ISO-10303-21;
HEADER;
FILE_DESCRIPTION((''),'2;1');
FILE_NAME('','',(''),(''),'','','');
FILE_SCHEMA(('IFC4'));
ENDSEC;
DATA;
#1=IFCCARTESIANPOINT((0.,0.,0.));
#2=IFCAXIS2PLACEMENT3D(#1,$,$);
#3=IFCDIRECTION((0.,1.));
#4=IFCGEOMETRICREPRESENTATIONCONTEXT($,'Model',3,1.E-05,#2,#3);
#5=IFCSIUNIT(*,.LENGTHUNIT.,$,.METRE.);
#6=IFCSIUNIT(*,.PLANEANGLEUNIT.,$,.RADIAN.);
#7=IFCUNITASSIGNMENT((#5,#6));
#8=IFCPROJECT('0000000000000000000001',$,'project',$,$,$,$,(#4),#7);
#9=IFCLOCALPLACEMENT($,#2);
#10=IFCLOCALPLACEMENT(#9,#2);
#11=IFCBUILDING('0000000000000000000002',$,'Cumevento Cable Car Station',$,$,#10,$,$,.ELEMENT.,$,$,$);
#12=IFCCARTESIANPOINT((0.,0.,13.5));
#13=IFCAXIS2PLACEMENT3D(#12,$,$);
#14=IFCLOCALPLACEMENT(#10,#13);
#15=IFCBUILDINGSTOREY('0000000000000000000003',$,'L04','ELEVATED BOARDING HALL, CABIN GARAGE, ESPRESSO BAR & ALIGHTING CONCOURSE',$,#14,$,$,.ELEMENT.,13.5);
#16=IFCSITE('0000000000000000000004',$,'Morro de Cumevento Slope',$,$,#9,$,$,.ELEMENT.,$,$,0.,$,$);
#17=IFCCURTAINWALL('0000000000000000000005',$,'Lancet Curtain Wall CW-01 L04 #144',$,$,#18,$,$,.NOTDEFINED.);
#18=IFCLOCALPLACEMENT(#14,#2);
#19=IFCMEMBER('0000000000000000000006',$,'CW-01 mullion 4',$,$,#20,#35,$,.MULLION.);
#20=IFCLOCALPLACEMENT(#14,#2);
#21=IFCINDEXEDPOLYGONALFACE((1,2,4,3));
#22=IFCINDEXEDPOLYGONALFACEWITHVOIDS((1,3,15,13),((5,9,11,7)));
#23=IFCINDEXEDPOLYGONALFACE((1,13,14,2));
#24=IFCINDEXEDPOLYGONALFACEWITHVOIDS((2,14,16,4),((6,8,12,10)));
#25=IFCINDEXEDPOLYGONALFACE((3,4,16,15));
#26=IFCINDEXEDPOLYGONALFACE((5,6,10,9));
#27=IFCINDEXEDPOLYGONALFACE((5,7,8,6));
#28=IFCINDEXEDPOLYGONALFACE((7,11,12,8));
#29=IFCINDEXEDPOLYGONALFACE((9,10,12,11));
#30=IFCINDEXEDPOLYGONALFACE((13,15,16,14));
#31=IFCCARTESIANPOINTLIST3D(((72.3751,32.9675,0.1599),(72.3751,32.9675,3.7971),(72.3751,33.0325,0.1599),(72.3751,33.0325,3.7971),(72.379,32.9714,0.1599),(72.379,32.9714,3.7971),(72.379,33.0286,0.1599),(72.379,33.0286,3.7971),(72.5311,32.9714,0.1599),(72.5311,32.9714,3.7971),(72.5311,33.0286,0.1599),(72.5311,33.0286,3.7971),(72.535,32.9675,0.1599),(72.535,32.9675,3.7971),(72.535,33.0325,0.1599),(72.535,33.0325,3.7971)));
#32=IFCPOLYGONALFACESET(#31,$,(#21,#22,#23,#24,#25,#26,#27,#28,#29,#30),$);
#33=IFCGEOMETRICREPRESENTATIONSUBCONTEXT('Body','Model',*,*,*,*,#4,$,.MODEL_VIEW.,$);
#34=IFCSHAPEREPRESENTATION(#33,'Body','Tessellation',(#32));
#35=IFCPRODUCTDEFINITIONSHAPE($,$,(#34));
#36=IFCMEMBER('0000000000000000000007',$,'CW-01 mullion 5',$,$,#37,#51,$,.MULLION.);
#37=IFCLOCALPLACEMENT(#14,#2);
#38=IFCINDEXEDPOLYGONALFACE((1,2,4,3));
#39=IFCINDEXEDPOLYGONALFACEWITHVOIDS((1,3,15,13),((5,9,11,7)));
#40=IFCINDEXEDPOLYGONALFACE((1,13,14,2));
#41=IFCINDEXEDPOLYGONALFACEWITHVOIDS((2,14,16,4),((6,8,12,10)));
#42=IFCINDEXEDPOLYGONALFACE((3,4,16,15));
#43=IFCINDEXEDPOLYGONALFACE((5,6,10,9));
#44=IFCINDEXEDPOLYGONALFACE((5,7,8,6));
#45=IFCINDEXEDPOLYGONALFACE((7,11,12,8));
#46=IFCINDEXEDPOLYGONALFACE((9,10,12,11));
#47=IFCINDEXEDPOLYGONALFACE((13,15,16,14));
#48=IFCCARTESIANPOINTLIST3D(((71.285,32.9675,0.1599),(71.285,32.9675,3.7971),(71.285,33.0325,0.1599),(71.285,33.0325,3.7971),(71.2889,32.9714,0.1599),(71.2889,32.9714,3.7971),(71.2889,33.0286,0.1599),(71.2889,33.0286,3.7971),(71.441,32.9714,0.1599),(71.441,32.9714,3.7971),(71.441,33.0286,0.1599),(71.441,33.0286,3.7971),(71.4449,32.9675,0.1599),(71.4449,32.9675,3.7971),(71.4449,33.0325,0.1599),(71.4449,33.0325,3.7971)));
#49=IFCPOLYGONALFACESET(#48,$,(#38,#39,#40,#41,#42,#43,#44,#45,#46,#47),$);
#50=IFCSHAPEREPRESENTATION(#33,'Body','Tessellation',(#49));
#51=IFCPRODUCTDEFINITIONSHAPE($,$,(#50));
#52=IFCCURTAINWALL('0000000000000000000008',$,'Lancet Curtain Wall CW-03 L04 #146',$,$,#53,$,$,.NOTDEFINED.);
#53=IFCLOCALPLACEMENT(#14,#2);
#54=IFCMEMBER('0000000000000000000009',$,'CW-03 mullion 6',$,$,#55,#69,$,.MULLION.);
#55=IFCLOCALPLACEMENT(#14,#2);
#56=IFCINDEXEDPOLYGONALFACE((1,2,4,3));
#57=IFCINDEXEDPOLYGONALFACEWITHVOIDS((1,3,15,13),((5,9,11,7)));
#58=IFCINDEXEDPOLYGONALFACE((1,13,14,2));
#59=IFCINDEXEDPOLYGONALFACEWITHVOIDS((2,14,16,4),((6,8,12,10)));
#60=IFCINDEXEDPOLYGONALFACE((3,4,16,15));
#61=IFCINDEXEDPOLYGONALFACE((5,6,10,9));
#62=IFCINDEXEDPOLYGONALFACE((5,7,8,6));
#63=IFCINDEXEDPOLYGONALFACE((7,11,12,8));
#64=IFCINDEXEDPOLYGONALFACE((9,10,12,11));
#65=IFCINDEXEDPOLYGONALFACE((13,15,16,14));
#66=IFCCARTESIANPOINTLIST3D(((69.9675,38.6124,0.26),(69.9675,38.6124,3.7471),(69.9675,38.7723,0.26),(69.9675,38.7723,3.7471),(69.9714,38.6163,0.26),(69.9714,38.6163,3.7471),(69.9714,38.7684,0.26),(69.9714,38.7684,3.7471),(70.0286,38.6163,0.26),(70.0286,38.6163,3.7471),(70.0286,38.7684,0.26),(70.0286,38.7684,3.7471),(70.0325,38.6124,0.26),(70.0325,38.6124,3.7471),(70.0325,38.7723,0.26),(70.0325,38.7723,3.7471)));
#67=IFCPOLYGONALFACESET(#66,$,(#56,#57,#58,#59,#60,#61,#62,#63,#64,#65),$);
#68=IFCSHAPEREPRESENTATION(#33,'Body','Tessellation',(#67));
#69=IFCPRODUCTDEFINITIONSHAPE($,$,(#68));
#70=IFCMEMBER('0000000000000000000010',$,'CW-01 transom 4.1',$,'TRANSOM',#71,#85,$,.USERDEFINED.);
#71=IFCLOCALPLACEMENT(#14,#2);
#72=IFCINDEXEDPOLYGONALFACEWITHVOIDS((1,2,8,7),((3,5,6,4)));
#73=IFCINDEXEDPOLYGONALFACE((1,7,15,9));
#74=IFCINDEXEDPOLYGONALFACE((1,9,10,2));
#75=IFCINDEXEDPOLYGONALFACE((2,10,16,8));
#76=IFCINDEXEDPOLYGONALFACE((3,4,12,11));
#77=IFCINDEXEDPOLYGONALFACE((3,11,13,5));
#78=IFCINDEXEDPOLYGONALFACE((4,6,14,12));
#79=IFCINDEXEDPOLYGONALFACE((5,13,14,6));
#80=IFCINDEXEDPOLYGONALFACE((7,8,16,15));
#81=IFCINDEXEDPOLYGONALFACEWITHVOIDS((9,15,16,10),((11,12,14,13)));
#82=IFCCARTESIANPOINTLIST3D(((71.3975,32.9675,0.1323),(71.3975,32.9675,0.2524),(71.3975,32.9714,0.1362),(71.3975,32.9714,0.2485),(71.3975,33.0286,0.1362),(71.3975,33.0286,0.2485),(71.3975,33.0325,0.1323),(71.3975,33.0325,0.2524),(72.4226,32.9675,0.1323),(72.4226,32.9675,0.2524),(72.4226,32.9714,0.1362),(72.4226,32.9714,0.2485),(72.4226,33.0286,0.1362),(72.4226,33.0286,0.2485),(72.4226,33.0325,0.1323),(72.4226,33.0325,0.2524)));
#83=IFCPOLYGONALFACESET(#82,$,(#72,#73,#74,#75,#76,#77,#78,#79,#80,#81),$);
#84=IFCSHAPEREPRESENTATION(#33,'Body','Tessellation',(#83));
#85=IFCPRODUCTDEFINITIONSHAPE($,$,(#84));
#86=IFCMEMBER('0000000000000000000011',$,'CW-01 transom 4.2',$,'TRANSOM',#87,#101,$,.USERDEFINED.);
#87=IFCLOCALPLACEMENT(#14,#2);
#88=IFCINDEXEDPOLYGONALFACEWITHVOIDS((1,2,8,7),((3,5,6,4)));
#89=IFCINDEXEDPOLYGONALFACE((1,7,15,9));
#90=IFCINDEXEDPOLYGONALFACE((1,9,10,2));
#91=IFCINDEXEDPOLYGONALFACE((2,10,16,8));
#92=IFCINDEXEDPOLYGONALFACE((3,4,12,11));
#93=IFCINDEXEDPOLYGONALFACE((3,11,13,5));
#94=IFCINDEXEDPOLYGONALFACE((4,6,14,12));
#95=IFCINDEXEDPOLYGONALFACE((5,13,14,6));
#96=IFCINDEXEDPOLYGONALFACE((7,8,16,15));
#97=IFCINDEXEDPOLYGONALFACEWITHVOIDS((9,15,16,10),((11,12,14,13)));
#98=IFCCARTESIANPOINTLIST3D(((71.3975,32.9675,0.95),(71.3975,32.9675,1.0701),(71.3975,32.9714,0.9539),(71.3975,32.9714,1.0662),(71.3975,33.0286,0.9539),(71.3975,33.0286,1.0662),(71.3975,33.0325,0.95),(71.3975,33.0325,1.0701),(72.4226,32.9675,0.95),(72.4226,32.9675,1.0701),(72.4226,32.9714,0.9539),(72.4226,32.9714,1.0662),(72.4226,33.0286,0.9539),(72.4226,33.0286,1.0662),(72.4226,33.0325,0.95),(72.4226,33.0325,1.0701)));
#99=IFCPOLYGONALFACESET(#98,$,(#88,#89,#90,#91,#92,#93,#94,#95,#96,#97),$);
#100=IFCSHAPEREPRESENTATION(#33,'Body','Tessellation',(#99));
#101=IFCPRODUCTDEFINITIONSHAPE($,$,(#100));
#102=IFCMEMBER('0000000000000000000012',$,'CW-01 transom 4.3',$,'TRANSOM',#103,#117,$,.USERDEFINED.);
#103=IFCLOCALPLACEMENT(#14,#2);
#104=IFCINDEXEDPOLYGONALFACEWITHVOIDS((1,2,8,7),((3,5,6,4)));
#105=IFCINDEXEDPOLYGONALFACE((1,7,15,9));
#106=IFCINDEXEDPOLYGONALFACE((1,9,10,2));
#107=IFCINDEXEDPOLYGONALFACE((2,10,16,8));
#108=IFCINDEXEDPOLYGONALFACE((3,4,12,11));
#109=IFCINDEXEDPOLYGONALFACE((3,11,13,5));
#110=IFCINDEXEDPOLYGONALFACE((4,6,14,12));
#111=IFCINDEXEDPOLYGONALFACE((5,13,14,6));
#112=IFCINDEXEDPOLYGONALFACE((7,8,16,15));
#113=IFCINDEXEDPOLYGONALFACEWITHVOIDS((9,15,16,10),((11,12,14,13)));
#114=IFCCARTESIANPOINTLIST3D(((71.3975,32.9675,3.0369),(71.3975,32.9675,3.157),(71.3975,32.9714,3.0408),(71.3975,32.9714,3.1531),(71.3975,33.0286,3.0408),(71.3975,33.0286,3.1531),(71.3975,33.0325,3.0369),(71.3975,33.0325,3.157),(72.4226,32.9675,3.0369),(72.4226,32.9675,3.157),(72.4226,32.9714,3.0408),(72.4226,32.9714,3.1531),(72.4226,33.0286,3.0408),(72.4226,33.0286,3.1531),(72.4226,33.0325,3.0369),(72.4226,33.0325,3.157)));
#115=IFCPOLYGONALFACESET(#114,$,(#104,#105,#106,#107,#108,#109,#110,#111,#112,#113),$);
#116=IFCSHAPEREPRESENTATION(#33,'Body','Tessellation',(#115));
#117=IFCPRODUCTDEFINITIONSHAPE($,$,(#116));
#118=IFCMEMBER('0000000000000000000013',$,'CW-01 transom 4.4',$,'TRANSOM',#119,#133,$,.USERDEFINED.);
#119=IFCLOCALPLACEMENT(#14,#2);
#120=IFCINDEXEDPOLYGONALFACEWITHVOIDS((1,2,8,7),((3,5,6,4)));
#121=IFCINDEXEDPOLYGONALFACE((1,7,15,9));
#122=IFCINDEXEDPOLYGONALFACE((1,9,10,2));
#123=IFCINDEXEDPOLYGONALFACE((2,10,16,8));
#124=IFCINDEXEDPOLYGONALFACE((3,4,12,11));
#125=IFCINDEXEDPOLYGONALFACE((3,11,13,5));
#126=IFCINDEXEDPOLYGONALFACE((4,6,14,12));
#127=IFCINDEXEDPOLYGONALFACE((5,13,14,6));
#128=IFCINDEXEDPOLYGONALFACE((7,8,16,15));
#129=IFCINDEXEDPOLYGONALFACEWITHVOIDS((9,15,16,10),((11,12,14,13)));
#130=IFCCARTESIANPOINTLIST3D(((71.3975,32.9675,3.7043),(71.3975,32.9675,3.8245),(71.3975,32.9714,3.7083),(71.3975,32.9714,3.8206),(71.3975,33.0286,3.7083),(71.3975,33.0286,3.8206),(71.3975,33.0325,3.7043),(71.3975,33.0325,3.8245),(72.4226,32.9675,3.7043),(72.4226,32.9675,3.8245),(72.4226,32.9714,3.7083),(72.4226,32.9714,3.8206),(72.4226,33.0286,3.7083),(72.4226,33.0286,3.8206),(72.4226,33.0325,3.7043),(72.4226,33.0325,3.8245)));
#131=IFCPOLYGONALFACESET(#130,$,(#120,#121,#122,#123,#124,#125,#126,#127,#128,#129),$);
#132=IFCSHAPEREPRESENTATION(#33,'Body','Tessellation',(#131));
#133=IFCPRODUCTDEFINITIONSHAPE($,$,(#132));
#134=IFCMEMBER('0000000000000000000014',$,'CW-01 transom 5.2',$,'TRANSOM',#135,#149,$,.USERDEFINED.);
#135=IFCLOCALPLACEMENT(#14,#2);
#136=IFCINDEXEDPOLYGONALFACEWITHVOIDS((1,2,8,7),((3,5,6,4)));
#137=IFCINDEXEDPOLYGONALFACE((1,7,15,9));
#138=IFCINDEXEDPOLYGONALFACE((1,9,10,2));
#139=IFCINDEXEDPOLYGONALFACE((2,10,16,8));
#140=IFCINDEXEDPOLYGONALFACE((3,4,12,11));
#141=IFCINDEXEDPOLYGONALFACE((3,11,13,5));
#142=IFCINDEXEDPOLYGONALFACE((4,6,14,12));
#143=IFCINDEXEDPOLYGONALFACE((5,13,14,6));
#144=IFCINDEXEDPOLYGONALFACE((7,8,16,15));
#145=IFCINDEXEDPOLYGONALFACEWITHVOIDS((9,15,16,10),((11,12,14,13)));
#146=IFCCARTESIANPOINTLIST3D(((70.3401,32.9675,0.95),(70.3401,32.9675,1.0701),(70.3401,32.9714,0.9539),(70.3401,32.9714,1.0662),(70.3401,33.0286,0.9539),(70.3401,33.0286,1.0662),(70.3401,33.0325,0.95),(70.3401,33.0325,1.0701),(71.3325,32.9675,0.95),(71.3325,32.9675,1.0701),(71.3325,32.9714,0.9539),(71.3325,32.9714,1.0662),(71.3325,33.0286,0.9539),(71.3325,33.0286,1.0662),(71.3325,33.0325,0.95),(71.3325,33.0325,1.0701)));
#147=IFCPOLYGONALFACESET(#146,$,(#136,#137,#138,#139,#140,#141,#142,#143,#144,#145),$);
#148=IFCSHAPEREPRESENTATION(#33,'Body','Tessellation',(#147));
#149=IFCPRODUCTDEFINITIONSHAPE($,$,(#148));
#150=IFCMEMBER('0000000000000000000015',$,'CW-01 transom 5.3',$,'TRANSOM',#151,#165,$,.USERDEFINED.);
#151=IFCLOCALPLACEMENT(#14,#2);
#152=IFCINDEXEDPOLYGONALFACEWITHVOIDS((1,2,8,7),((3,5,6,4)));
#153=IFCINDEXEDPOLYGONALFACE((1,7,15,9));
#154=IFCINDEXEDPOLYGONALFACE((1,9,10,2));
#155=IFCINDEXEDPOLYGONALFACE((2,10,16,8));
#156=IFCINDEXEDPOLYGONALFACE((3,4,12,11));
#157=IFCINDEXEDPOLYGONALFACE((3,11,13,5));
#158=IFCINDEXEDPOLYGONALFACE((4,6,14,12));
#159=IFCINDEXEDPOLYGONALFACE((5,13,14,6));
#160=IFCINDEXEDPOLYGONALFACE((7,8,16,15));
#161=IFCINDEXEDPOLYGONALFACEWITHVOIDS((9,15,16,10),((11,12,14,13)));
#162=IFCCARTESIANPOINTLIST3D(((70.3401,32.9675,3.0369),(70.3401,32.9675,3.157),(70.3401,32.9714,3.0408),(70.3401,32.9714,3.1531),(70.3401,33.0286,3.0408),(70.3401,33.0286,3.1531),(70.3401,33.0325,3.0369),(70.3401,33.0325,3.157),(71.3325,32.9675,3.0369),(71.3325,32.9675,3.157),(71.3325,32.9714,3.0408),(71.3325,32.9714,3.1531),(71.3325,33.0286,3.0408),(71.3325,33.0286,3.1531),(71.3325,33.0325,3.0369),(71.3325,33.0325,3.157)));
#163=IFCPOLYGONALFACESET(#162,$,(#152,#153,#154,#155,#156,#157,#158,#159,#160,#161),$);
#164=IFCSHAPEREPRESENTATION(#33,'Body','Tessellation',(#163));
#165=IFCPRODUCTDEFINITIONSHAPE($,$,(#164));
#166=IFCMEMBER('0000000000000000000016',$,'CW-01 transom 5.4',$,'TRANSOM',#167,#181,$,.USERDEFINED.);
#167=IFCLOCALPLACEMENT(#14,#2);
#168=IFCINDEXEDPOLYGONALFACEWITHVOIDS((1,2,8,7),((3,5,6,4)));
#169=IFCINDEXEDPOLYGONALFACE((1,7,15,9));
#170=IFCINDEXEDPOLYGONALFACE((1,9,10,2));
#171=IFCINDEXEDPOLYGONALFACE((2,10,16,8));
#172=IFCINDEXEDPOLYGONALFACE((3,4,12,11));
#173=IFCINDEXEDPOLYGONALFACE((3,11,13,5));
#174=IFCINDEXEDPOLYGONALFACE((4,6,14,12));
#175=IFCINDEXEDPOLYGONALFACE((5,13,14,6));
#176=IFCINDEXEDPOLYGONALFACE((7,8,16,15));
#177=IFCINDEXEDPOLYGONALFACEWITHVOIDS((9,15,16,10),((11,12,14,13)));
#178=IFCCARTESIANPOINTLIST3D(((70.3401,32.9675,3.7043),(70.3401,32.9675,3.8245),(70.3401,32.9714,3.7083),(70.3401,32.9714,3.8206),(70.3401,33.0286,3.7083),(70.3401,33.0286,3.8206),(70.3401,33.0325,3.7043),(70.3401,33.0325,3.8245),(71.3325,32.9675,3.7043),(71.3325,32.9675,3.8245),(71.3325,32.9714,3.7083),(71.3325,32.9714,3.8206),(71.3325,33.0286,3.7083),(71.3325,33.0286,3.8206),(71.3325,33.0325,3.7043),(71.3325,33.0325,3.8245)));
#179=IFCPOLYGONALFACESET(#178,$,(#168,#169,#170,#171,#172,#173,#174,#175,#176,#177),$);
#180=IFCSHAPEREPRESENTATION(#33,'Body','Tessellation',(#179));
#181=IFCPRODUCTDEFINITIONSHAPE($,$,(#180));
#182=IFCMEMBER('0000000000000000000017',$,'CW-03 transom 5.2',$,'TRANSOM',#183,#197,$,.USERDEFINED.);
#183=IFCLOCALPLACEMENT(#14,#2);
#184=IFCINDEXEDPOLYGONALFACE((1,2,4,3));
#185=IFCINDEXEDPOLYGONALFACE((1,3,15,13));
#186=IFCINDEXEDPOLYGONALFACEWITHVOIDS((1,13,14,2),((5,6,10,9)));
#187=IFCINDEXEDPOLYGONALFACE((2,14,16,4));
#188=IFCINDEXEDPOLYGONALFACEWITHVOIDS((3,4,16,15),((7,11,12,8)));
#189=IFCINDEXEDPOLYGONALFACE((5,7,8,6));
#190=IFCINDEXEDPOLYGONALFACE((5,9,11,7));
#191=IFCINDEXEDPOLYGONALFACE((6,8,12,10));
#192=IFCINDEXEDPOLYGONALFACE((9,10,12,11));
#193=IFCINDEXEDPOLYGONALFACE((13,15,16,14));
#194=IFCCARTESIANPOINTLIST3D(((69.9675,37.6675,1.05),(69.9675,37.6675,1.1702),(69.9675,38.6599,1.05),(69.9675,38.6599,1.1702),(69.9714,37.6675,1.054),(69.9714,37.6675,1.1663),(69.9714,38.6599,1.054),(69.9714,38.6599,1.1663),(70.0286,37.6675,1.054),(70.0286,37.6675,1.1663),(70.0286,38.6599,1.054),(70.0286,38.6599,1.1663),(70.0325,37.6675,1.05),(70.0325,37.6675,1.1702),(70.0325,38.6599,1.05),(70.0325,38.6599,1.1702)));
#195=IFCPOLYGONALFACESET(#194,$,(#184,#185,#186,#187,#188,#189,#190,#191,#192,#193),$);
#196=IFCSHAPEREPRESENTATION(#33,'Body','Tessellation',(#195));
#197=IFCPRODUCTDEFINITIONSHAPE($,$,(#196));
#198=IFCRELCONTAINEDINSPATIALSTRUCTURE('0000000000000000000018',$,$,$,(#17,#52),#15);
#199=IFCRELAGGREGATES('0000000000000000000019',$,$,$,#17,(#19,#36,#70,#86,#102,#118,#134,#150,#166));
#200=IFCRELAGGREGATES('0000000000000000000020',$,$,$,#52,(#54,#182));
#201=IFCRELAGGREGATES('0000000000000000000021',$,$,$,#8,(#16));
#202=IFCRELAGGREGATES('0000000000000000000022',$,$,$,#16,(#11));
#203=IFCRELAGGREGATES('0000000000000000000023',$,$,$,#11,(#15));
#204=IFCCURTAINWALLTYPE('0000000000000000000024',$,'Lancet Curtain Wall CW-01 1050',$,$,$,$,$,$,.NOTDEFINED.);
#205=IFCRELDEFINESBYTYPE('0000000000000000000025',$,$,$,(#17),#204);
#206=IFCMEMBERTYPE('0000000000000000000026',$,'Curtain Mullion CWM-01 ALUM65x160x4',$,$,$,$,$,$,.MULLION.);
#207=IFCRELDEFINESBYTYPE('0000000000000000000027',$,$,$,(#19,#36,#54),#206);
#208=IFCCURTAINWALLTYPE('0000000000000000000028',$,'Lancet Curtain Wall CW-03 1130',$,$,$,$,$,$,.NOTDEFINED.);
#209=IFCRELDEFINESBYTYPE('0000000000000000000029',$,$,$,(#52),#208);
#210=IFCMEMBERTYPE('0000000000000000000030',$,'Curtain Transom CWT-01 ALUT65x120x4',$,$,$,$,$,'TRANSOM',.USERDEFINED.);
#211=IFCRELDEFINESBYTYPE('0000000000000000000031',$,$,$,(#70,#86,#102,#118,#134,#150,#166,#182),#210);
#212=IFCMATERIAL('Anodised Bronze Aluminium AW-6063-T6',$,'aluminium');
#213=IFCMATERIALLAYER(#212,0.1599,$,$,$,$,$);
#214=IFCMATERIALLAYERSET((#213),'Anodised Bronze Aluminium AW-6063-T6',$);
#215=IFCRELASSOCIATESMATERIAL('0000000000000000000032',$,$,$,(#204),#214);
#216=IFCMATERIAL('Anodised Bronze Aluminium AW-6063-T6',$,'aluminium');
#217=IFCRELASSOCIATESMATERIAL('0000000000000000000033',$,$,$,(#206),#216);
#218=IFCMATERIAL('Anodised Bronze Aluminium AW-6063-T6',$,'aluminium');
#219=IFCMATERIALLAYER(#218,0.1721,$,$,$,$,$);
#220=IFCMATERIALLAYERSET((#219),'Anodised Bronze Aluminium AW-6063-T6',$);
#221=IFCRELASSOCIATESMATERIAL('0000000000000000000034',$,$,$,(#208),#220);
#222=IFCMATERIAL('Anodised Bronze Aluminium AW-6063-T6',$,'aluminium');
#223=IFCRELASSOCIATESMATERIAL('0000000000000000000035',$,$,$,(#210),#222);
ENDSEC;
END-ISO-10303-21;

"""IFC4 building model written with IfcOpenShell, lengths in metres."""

from ifc_helpers import new_model, si_unit, direction, frame, origin, origin_2d, place, context, subcontext, project, spatial, hollow_rectangle, extrude, material, layer, layer_set, material_profile, profile_set, type_object, element, aggregate, save


model = new_model("IFC4")

# Units and contexts
model_context = context("Model", 3, precision=1e-05, world=origin(), true_north=direction((0.0, 1.0)))
body_context = subcontext(model_context, "Body", "Model", "MODEL_VIEW")
ifc_project = project(units=[si_unit("LENGTHUNIT", "METRE"), si_unit("PLANEANGLEUNIT", "RADIAN")], contexts=[model_context])

# Site, building, storey
site_placement = place(None, origin())
site = spatial("IfcSite", under=ifc_project, at=site_placement, Name="Morro de Cumevento Slope", CompositionType="ELEMENT", RefElevation=0.0)
building_placement = place(site_placement, origin())
building = spatial("IfcBuilding", under=site, at=building_placement, Name="Cumevento Cable Car Station", CompositionType="ELEMENT")
storey_placement = place(building_placement, frame((0.0, 0.0, 13.5)))
storey = spatial("IfcBuildingStorey", under=building, at=storey_placement, Name="L04", Description="ELEVATED BOARDING HALL, CABIN GARAGE, ESPRESSO BAR & ALIGHTING CONCOURSE", CompositionType="ELEMENT", Elevation=13.5)

# Curtain wall, members
ifc_material_1 = material(Name="Anodised Bronze Aluminium AW-6063-T6", Category="aluminium")
ifc_layer_1 = layer(ifc_material_1, 0.1599)
ifc_layer_set_1 = layer_set([ifc_layer_1], Name="Anodised Bronze Aluminium AW-6063-T6")
curtain_wall_type_1 = type_object("IfcCurtainWallType", Name="Lancet Curtain Wall CW-01 1050", PredefinedType="NOTDEFINED", material=ifc_layer_set_1)
curtain_wall_1_placement = place(storey_placement, origin())
curtain_wall_1 = element("IfcCurtainWall", 1, at=curtain_wall_1_placement, inside=storey, type_object=curtain_wall_type_1, Name="Lancet Curtain Wall CW-01 L04 #144", PredefinedType="NOTDEFINED")
ifc_material_2 = material(Name="Anodised Bronze Aluminium AW-6063-T6", Category="aluminium")
ifc_material_profile_1 = material_profile(ifc_material_2, hollow_rectangle(XDim=0.0649, YDim=0.1599, WallThickness=0.0039, at=origin_2d()), Name="ALUM65x160x4")
ifc_profile_set_1 = profile_set([ifc_material_profile_1], Name="Anodised Bronze Aluminium AW-6063-T6")
member_type_1 = type_object("IfcMemberType", Name="Curtain Mullion CWM-01 ALUM65x160x4", PredefinedType="MULLION", material=ifc_profile_set_1)
member_1_placement = place(storey_placement, frame((72.4551, 33.0, 0.1599), z_axis=(0.0, 0.0, 1.0), x_axis=(0.0, -1.0, 0.0)))
member_1 = element("IfcMember", 2, at=member_1_placement, type_object=member_type_1, Name="CW-01 mullion 4", PredefinedType="MULLION", context=body_context, shape_type="SweptSolid", body=[
    extrude(hollow_rectangle(XDim=0.0649, YDim=0.1599, WallThickness=0.0039, at=origin_2d()), origin(), (0.0, 0.0, 1.0), 3.6372),
])
member_2_placement = place(storey_placement, frame((71.365, 33.0, 0.1599), z_axis=(0.0, 0.0, 1.0), x_axis=(0.0, -1.0, 0.0)))
member_2 = element("IfcMember", 3, at=member_2_placement, type_object=member_type_1, Name="CW-01 mullion 5", PredefinedType="MULLION", context=body_context, shape_type="SweptSolid", body=[
    extrude(hollow_rectangle(XDim=0.0649, YDim=0.1599, WallThickness=0.0039, at=origin_2d()), origin(), (0.0, 0.0, 1.0), 3.6372),
])

# Curtain wall, member
ifc_material_3 = material(Name="Anodised Bronze Aluminium AW-6063-T6", Category="aluminium")
ifc_layer_2 = layer(ifc_material_3, 0.1721)
ifc_layer_set_2 = layer_set([ifc_layer_2], Name="Anodised Bronze Aluminium AW-6063-T6")
curtain_wall_type_2 = type_object("IfcCurtainWallType", Name="Lancet Curtain Wall CW-03 1130", PredefinedType="NOTDEFINED", material=ifc_layer_set_2)
curtain_wall_2_placement = place(storey_placement, origin())
curtain_wall_2 = element("IfcCurtainWall", 4, at=curtain_wall_2_placement, inside=storey, type_object=curtain_wall_type_2, Name="Lancet Curtain Wall CW-03 L04 #146", PredefinedType="NOTDEFINED")
member_3_placement = place(storey_placement, frame((70.0, 38.6924, 0.26), z_axis=(0.0, 0.0, 1.0), x_axis=(-1.0, 0.0, 0.0)))
member_3 = element("IfcMember", 5, at=member_3_placement, type_object=member_type_1, Name="CW-03 mullion 6", PredefinedType="MULLION", context=body_context, shape_type="SweptSolid", body=[
    extrude(hollow_rectangle(XDim=0.0649, YDim=0.1599, WallThickness=0.0039, at=origin_2d()), origin(), (0.0, 0.0, 1.0), 3.4871),
])

# Members
ifc_material_4 = material(Name="Anodised Bronze Aluminium AW-6063-T6", Category="aluminium")
ifc_material_profile_2 = material_profile(ifc_material_4, hollow_rectangle(XDim=0.0649, YDim=0.1201, WallThickness=0.0039, at=origin_2d()), Name="ALUT65x120x4")
ifc_profile_set_2 = profile_set([ifc_material_profile_2], Name="Anodised Bronze Aluminium AW-6063-T6")
member_type_2 = type_object("IfcMemberType", Name="Curtain Transom CWT-01 ALUT65x120x4", ElementType="TRANSOM", PredefinedType="USERDEFINED", material=ifc_profile_set_2)
member_4_placement = place(storey_placement, frame((72.4226, 33.0, 0.1924), z_axis=(-1.0, 0.0, 0.0), x_axis=(0.0, -1.0, 0.0)))
member_4 = element("IfcMember", 6, at=member_4_placement, type_object=member_type_2, Name="CW-01 transom 4.1", ObjectType="TRANSOM", PredefinedType="USERDEFINED", context=body_context, shape_type="SweptSolid", body=[
    extrude(hollow_rectangle(XDim=0.0649, YDim=0.1201, WallThickness=0.0039, at=origin_2d()), origin(), (0.0, 0.0, 1.0), 1.0251),
])
member_5_placement = place(storey_placement, frame((72.4226, 33.0, 1.01), z_axis=(-1.0, 0.0, 0.0), x_axis=(0.0, -1.0, 0.0)))
member_5 = element("IfcMember", 7, at=member_5_placement, type_object=member_type_2, Name="CW-01 transom 4.2", ObjectType="TRANSOM", PredefinedType="USERDEFINED", context=body_context, shape_type="SweptSolid", body=[
    extrude(hollow_rectangle(XDim=0.0649, YDim=0.1201, WallThickness=0.0039, at=origin_2d()), origin(), (0.0, 0.0, 1.0), 1.0251),
])
member_6_placement = place(storey_placement, frame((72.4226, 33.0, 3.0969), z_axis=(-1.0, 0.0, 0.0), x_axis=(0.0, -1.0, 0.0)))
member_6 = element("IfcMember", 8, at=member_6_placement, type_object=member_type_2, Name="CW-01 transom 4.3", ObjectType="TRANSOM", PredefinedType="USERDEFINED", context=body_context, shape_type="SweptSolid", body=[
    extrude(hollow_rectangle(XDim=0.0649, YDim=0.1201, WallThickness=0.0039, at=origin_2d()), origin(), (0.0, 0.0, 1.0), 1.0251),
])
member_7_placement = place(storey_placement, frame((72.4226, 33.0, 3.7644), z_axis=(-1.0, 0.0, 0.0), x_axis=(0.0, -1.0, 0.0)))
member_7 = element("IfcMember", 9, at=member_7_placement, type_object=member_type_2, Name="CW-01 transom 4.4", ObjectType="TRANSOM", PredefinedType="USERDEFINED", context=body_context, shape_type="SweptSolid", body=[
    extrude(hollow_rectangle(XDim=0.0649, YDim=0.1201, WallThickness=0.0039, at=origin_2d()), origin(), (0.0, 0.0, 1.0), 1.0251),
])
member_8_placement = place(storey_placement, frame((71.3325, 33.0, 1.01), z_axis=(-1.0, 0.0, 0.0), x_axis=(0.0, -1.0, 0.0)))
member_8 = element("IfcMember", 10, at=member_8_placement, type_object=member_type_2, Name="CW-01 transom 5.2", ObjectType="TRANSOM", PredefinedType="USERDEFINED", context=body_context, shape_type="SweptSolid", body=[
    extrude(hollow_rectangle(XDim=0.0649, YDim=0.1201, WallThickness=0.0039, at=origin_2d()), origin(), (0.0, 0.0, 1.0), 0.9924),
])
member_9_placement = place(storey_placement, frame((71.3325, 33.0, 3.0969), z_axis=(-1.0, 0.0, 0.0), x_axis=(0.0, -1.0, 0.0)))
member_9 = element("IfcMember", 11, at=member_9_placement, type_object=member_type_2, Name="CW-01 transom 5.3", ObjectType="TRANSOM", PredefinedType="USERDEFINED", context=body_context, shape_type="SweptSolid", body=[
    extrude(hollow_rectangle(XDim=0.0649, YDim=0.1201, WallThickness=0.0039, at=origin_2d()), origin(), (0.0, 0.0, 1.0), 0.9924),
])
member_10_placement = place(storey_placement, frame((71.3325, 33.0, 3.7644), z_axis=(-1.0, 0.0, 0.0), x_axis=(0.0, -1.0, 0.0)))
member_10 = element("IfcMember", 12, at=member_10_placement, type_object=member_type_2, Name="CW-01 transom 5.4", ObjectType="TRANSOM", PredefinedType="USERDEFINED", context=body_context, shape_type="SweptSolid", body=[
    extrude(hollow_rectangle(XDim=0.0649, YDim=0.1201, WallThickness=0.0039, at=origin_2d()), origin(), (0.0, 0.0, 1.0), 0.9924),
])
member_11_placement = place(storey_placement, frame((70.0, 37.6675, 1.1101), z_axis=(0.0, 1.0, 0.0), x_axis=(-1.0, 0.0, 0.0)))
member_11 = element("IfcMember", 13, at=member_11_placement, type_object=member_type_2, Name="CW-03 transom 5.2", ObjectType="TRANSOM", PredefinedType="USERDEFINED", context=body_context, shape_type="SweptSolid", body=[
    extrude(hollow_rectangle(XDim=0.0649, YDim=0.1201, WallThickness=0.0039, at=origin_2d()), origin(), (0.0, 0.0, 1.0), 0.9924),
])

aggregate(curtain_wall_1, [member_1, member_2, member_4, member_5, member_6, member_7, member_8, member_9, member_10])
aggregate(curtain_wall_2, [member_3, member_11])

save(model, "model.ifc")
